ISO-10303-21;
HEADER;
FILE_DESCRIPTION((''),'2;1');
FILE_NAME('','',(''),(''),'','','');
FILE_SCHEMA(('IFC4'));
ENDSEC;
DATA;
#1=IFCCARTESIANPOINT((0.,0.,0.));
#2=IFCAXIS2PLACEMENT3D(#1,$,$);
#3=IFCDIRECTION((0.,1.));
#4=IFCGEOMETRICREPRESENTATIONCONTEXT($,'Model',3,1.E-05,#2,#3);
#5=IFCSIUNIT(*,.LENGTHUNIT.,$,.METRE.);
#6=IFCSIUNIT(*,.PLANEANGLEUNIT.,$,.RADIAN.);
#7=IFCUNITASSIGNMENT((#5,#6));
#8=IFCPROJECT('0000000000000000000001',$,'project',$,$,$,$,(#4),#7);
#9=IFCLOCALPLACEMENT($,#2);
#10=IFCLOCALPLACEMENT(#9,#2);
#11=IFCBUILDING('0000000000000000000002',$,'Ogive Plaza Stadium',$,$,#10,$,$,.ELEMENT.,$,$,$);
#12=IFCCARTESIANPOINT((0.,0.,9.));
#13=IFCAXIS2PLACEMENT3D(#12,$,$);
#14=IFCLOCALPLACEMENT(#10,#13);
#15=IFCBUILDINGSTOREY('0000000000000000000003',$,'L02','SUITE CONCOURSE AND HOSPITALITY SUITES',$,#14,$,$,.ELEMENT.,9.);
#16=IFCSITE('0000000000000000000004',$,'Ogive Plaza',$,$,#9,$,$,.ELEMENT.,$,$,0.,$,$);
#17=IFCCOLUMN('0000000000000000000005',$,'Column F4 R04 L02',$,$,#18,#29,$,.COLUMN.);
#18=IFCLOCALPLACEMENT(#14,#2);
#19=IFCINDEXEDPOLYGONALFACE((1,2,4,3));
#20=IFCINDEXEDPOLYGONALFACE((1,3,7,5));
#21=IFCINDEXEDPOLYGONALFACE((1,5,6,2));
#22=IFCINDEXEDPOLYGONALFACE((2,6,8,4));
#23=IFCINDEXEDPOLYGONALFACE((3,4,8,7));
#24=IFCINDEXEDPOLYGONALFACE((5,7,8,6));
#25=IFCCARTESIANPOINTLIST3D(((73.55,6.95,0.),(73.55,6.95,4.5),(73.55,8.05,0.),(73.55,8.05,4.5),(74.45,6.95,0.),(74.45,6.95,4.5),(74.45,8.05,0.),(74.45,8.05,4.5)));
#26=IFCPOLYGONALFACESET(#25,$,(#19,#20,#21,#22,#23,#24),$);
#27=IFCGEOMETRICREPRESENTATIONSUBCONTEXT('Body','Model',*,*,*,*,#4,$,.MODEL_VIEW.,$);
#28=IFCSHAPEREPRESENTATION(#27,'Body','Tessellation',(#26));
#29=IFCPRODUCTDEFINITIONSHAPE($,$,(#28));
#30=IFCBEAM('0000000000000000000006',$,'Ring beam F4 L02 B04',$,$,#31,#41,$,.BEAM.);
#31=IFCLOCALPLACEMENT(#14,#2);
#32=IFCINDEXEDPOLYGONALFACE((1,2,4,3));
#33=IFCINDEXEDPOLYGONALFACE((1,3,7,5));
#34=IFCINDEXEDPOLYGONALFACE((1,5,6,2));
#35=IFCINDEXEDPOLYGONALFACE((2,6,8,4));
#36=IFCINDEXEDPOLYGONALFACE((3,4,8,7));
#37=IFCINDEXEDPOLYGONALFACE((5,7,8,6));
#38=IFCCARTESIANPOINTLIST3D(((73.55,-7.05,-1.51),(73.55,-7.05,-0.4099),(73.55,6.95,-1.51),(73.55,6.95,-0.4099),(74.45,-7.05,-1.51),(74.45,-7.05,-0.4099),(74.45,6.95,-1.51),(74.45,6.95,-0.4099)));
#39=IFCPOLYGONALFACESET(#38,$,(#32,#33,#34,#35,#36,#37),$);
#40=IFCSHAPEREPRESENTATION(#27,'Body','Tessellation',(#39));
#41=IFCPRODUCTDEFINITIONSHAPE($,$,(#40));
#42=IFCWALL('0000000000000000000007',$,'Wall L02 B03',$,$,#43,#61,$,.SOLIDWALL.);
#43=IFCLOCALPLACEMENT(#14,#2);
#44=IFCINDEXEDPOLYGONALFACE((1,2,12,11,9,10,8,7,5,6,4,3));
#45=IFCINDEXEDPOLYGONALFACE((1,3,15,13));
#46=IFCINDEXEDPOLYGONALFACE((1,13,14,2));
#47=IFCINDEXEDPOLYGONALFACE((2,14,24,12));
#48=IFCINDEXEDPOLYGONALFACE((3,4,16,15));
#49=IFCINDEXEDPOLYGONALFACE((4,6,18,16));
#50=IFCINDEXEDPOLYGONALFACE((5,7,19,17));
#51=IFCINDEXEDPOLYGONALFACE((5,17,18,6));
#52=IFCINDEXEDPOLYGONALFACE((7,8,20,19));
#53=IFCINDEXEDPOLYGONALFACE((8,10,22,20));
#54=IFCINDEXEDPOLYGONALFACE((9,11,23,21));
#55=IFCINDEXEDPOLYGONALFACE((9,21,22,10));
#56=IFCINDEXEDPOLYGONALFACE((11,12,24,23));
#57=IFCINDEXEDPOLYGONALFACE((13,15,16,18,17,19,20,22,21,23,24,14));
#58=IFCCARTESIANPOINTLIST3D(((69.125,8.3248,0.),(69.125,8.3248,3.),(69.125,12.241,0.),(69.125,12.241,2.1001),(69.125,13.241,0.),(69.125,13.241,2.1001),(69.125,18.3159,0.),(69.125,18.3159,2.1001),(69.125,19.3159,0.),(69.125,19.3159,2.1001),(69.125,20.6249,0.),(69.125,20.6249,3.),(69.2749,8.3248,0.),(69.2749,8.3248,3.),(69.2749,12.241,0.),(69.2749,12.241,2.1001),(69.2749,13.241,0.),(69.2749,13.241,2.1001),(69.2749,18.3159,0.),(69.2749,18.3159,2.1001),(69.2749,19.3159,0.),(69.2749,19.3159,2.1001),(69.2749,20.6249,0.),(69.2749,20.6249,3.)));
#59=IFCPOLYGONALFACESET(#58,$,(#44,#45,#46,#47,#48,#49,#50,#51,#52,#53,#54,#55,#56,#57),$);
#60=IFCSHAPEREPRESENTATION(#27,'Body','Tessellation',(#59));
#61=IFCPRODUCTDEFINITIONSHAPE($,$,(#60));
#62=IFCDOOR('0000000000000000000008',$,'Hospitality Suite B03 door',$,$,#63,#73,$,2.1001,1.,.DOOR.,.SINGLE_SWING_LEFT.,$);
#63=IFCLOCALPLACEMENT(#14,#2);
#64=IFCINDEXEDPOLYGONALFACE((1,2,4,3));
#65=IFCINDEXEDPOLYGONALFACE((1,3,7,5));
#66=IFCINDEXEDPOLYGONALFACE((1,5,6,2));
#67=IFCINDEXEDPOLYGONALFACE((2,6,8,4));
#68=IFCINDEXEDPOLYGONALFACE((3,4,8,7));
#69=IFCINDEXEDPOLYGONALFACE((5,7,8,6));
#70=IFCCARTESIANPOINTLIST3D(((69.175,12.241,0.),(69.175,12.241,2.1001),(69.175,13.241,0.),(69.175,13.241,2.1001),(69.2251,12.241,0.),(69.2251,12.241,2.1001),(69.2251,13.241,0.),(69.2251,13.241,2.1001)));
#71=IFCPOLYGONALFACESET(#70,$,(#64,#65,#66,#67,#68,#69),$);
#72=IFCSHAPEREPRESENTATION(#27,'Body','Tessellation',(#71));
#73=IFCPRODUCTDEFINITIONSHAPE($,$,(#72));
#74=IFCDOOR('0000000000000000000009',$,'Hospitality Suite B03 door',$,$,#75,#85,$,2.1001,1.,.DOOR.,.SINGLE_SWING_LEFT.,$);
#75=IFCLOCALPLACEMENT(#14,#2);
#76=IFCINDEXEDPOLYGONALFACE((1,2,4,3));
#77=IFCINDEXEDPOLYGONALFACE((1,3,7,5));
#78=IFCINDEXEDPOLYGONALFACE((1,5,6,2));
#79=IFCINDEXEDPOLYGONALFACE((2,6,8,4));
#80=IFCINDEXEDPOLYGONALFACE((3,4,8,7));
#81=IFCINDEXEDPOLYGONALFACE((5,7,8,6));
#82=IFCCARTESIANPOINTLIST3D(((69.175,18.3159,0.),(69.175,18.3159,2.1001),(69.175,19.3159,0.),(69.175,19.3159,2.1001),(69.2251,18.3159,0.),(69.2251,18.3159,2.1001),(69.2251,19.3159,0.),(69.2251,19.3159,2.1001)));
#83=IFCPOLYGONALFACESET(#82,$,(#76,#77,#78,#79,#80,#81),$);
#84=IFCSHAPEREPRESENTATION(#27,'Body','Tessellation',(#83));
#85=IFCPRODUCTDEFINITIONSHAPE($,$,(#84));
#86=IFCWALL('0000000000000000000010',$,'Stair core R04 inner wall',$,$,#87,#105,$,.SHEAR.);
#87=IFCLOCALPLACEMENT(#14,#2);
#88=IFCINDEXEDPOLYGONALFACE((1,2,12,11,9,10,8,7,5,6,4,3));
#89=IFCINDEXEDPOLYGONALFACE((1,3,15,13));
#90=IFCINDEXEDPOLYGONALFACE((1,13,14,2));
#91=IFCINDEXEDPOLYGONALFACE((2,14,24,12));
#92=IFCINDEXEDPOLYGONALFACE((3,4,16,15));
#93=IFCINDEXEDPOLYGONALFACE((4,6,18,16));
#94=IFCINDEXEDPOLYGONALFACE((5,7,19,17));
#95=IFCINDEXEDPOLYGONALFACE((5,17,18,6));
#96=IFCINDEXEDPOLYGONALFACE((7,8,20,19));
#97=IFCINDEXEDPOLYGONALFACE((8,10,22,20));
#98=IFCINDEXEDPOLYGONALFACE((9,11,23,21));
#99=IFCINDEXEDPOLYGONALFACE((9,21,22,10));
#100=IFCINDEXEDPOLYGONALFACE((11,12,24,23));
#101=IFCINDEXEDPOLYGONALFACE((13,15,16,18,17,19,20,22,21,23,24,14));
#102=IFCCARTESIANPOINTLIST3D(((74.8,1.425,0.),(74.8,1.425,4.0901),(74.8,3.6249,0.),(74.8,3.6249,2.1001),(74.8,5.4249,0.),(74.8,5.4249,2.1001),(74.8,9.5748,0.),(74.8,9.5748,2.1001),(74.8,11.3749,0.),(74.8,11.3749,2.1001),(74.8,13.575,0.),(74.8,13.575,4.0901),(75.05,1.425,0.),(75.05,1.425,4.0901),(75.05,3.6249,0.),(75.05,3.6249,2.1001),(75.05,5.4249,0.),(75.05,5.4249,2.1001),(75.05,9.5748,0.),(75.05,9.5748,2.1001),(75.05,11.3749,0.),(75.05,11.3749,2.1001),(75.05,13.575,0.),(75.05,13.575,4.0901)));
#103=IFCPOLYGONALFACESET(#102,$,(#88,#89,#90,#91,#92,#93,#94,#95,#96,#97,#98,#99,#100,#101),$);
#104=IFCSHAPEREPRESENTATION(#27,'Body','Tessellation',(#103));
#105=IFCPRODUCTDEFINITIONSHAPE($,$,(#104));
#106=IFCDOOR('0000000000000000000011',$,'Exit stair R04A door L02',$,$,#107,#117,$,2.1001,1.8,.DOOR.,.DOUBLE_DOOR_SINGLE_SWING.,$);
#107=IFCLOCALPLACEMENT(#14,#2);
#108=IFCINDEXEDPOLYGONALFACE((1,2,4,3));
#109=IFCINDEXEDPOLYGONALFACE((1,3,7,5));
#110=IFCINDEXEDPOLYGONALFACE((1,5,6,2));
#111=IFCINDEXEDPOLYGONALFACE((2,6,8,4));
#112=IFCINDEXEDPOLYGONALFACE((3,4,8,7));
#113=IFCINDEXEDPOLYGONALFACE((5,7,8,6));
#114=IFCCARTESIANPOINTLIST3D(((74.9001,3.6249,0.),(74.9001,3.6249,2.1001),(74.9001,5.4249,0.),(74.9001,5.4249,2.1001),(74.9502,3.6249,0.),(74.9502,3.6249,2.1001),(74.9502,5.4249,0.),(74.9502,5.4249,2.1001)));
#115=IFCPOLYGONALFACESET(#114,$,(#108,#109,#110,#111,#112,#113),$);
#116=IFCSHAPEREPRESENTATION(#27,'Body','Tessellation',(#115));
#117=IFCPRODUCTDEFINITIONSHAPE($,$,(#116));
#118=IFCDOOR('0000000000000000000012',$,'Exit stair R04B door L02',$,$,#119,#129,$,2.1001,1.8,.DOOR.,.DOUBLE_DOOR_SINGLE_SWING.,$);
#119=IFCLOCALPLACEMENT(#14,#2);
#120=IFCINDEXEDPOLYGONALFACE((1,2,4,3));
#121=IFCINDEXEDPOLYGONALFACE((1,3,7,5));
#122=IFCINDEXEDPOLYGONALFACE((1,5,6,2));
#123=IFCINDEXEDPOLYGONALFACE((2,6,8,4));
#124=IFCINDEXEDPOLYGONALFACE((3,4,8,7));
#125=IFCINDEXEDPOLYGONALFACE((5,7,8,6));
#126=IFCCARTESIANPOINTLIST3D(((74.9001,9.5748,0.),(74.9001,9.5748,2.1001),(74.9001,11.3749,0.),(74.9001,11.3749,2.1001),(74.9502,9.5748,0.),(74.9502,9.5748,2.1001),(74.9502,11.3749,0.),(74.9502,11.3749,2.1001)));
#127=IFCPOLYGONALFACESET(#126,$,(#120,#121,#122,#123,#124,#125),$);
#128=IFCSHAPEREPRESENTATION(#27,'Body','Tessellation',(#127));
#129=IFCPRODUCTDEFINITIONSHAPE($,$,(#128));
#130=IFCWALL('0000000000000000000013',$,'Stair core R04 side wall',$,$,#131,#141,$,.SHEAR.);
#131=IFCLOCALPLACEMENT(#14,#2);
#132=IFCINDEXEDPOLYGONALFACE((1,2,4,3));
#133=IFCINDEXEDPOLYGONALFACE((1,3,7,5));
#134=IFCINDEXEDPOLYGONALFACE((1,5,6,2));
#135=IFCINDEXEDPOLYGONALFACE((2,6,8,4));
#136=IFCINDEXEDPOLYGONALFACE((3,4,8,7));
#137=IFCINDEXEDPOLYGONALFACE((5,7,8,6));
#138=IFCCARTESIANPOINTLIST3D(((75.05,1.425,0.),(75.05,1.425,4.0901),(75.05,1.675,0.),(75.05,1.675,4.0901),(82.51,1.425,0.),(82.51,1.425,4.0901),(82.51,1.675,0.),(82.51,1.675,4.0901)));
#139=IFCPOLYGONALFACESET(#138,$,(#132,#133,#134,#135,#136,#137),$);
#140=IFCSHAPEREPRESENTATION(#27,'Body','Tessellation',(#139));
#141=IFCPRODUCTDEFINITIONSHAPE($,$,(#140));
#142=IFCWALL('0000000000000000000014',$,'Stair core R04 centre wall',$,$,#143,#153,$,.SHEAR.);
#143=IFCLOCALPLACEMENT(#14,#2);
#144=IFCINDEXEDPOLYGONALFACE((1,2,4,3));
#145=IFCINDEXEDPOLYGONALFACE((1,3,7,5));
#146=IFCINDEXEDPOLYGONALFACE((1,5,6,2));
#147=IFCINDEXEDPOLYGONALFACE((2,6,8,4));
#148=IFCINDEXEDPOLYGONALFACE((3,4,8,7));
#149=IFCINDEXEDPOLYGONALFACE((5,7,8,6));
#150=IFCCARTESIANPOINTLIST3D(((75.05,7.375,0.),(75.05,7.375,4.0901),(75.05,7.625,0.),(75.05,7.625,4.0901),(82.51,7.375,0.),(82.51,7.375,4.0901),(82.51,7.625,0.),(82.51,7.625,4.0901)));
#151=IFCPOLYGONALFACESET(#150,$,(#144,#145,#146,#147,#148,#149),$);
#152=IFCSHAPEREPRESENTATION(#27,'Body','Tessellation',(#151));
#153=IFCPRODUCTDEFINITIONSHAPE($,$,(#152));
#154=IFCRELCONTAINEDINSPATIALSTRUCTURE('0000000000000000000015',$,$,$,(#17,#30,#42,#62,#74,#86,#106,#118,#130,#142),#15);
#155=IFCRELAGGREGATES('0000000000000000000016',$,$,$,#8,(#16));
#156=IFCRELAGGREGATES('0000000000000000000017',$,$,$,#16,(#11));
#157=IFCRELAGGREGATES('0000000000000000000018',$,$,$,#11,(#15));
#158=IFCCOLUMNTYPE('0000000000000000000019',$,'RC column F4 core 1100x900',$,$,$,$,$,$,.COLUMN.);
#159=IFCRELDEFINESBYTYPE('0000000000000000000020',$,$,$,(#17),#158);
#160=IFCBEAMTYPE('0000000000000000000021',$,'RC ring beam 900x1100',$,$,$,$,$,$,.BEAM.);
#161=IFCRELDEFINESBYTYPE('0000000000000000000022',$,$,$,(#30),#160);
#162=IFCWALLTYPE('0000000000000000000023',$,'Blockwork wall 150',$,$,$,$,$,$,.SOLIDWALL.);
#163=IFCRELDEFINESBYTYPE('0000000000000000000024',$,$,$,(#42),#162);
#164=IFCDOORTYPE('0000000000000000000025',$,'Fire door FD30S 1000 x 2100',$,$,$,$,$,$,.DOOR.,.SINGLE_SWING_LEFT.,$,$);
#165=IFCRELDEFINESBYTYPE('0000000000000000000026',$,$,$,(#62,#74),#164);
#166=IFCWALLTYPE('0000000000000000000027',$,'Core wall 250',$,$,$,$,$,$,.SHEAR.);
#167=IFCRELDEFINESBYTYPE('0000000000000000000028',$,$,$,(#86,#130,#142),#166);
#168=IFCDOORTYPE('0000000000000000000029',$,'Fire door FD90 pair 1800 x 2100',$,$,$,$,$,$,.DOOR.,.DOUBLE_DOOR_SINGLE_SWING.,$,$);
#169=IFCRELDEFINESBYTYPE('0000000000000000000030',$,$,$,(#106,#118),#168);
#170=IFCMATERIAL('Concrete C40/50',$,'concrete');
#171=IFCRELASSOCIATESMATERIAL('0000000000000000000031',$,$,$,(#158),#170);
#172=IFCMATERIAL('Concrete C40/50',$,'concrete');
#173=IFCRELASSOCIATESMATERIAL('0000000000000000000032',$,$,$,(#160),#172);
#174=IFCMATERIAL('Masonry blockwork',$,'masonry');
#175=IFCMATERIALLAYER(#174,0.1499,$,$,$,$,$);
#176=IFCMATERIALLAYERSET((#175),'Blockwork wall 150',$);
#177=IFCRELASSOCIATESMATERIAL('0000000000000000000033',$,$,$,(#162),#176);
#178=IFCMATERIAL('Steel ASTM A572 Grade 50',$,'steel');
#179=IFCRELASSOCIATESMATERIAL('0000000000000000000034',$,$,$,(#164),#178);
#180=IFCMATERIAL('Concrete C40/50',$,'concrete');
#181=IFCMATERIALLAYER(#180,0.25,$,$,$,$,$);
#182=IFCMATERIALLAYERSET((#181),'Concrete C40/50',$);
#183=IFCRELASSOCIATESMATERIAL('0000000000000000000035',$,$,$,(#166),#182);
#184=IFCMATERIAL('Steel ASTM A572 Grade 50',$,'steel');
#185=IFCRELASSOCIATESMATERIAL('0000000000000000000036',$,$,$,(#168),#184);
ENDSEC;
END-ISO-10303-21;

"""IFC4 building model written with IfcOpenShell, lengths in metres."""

from ifc_helpers import new_model, si_unit, direction, frame, frame_2d, origin, origin_2d, place, context, subcontext, project, spatial, rectangle, extrude, material, layer, layer_set, material_profile, profile_set, type_object, element, fill, save


model = new_model("IFC4")

# Units and contexts
model_context = context("Model", 3, precision=1e-05, world=origin(), true_north=direction((0.0, 1.0)))
body_context = subcontext(model_context, "Body", "Model", "MODEL_VIEW")
ifc_project = project(units=[si_unit("LENGTHUNIT", "METRE"), si_unit("PLANEANGLEUNIT", "RADIAN")], contexts=[model_context])

# Site, building, storey
site_placement = place(None, origin())
site = spatial("IfcSite", under=ifc_project, at=site_placement, Name="Ogive Plaza", CompositionType="ELEMENT", RefElevation=0.0)
building_placement = place(site_placement, origin())
building = spatial("IfcBuilding", under=site, at=building_placement, Name="Ogive Plaza Stadium", CompositionType="ELEMENT")
storey_placement = place(building_placement, frame((0.0, 0.0, 9.0)))
storey = spatial("IfcBuildingStorey", under=building, at=storey_placement, Name="L02", Description="SUITE CONCOURSE AND HOSPITALITY SUITES", CompositionType="ELEMENT", Elevation=9.0)

# Column
ifc_material_1 = material(Name="Concrete C40/50", Category="concrete")
ifc_material_profile_1 = material_profile(ifc_material_1, rectangle(XDim=1.1001, YDim=0.8999, at=origin_2d()), Name="RC 1100x900")
ifc_profile_set_1 = profile_set([ifc_material_profile_1], Name="Concrete C40/50")
column_type = type_object("IfcColumnType", Name="RC column F4 core 1100x900", PredefinedType="COLUMN", material=ifc_profile_set_1)
column_placement = place(storey_placement, frame((74.0, 7.5, 0.0), z_axis=(0.0, 0.0, 1.0), x_axis=(0.0, 1.0, 0.0)))
element("IfcColumn", 1, at=column_placement, inside=storey, type_object=column_type, Name="Column F4 R04 L02", PredefinedType="COLUMN", context=body_context, shape_type="SweptSolid", body=[
    extrude(rectangle(XDim=1.1001, YDim=0.8999, at=origin_2d()), origin(), (0.0, 0.0, 1.0), 4.5),
])

# Beam
ifc_material_2 = material(Name="Concrete C40/50", Category="concrete")
ifc_material_profile_2 = material_profile(ifc_material_2, rectangle(XDim=0.8999, YDim=1.1001, at=origin_2d()), Name="RC 900x1100")
ifc_profile_set_2 = profile_set([ifc_material_profile_2], Name="Concrete C40/50")
beam_type = type_object("IfcBeamType", Name="RC ring beam 900x1100", PredefinedType="BEAM", material=ifc_profile_set_2)
beam_placement = place(storey_placement, frame((74.0, 6.95, -0.96), z_axis=(0.0, -1.0, 0.0), x_axis=(1.0, 0.0, 0.0)))
element("IfcBeam", 2, at=beam_placement, inside=storey, type_object=beam_type, Name="Ring beam F4 L02 B04", PredefinedType="BEAM", context=body_context, shape_type="SweptSolid", body=[
    extrude(rectangle(XDim=0.8999, YDim=1.1001, at=origin_2d()), origin(), (0.0, 0.0, 1.0), 14.0),
])

# Walls, openings, doors
ifc_material_3 = material(Name="Masonry blockwork", Category="masonry")
ifc_layer_1 = layer(ifc_material_3, 0.1499)
ifc_layer_set_1 = layer_set([ifc_layer_1], Name="Blockwork wall 150")
wall_type_1 = type_object("IfcWallType", Name="Blockwork wall 150", PredefinedType="SOLIDWALL", material=ifc_layer_set_1)
wall_1_placement = place(storey_placement, frame((69.2, 8.325, 0.0), z_axis=(0.0, 0.0, 1.0), x_axis=(0.0, 1.0, 0.0)))
wall_1 = element("IfcWall", 3, at=wall_1_placement, inside=storey, type_object=wall_type_1, Name="Wall L02 B03", PredefinedType="SOLIDWALL", context=body_context, shape_type="SweptSolid", body=[
    extrude(rectangle(XDim=12.3, YDim=0.1499, at=frame_2d((6.1499, 0.0))), origin(), (0.0, 0.0, 1.0), 3.0),
])
opening_1_placement = place(wall_1_placement, frame((3.916, 0.0, 0.0)))
opening_1 = element("IfcOpeningElement", 4, at=opening_1_placement, cuts=wall_1, PredefinedType="OPENING", context=body_context, shape_type="SweptSolid", body=[
    extrude(rectangle(XDim=1.0, YDim=2.1001, at=frame_2d((0.5, 1.05))), frame((0.0, 0.075, 0.0), z_axis=(0.0, -1.0, 0.0), x_axis=(1.0, 0.0, 0.0)), (0.0, 0.0, 1.0), 0.1499),
])
opening_2_placement = place(wall_1_placement, frame((9.991, 0.0, 0.0)))
opening_2 = element("IfcOpeningElement", 5, at=opening_2_placement, cuts=wall_1, PredefinedType="OPENING", context=body_context, shape_type="SweptSolid", body=[
    extrude(rectangle(XDim=1.0, YDim=2.1001, at=frame_2d((0.5, 1.05))), frame((0.0, 0.075, 0.0), z_axis=(0.0, -1.0, 0.0), x_axis=(1.0, 0.0, 0.0)), (0.0, 0.0, 1.0), 0.1499),
])
ifc_material_4 = material(Name="Steel ASTM A572 Grade 50", Category="steel")
door_type_1 = type_object("IfcDoorType", Name="Fire door FD30S 1000 x 2100", OperationType="SINGLE_SWING_LEFT", PredefinedType="DOOR", material=ifc_material_4)
door_1_placement = place(opening_1_placement, origin())
door_1 = element("IfcDoor", 6, at=door_1_placement, inside=storey, type_object=door_type_1, Name="Hospitality Suite B03 door", OperationType="SINGLE_SWING_LEFT", OverallHeight=2.1001, OverallWidth=1.0, PredefinedType="DOOR", context=body_context, shape_type="SweptSolid", body=[
    extrude(rectangle(XDim=1.0, YDim=2.1001, at=frame_2d((0.5, 1.05))), frame((0.0, 0.0249, 0.0), z_axis=(0.0, -1.0, 0.0), x_axis=(1.0, 0.0, 0.0)), (0.0, 0.0, 1.0), 0.05),
])
fill(opening_1, door_1)
door_2_placement = place(opening_2_placement, origin())
door_2 = element("IfcDoor", 7, at=door_2_placement, inside=storey, type_object=door_type_1, Name="Hospitality Suite B03 door", OperationType="SINGLE_SWING_LEFT", OverallHeight=2.1001, OverallWidth=1.0, PredefinedType="DOOR", context=body_context, shape_type="SweptSolid", body=[
    extrude(rectangle(XDim=1.0, YDim=2.1001, at=frame_2d((0.5, 1.05))), frame((0.0, 0.0249, 0.0), z_axis=(0.0, -1.0, 0.0), x_axis=(1.0, 0.0, 0.0)), (0.0, 0.0, 1.0), 0.05),
])
fill(opening_2, door_2)
ifc_material_5 = material(Name="Concrete C40/50", Category="concrete")
ifc_layer_2 = layer(ifc_material_5, 0.25)
ifc_layer_set_2 = layer_set([ifc_layer_2], Name="Concrete C40/50")
wall_type_2 = type_object("IfcWallType", Name="Core wall 250", PredefinedType="SHEAR", material=ifc_layer_set_2)
wall_2_placement = place(storey_placement, frame((74.925, 1.425, 0.0), z_axis=(0.0, 0.0, 1.0), x_axis=(0.0, 1.0, 0.0)))
wall_2 = element("IfcWall", 8, at=wall_2_placement, inside=storey, type_object=wall_type_2, Name="Stair core R04 inner wall", PredefinedType="SHEAR", context=body_context, shape_type="SweptSolid", body=[
    extrude(rectangle(XDim=12.1499, YDim=0.25, at=frame_2d((6.075, 0.0))), origin(), (0.0, 0.0, 1.0), 4.0901),
])
opening_3_placement = place(wall_2_placement, frame((2.2, 0.0, 0.0)))
opening_3 = element("IfcOpeningElement", 9, at=opening_3_placement, cuts=wall_2, PredefinedType="OPENING", context=body_context, shape_type="SweptSolid", body=[
    extrude(rectangle(XDim=1.8, YDim=2.1001, at=frame_2d((0.8999, 1.05))), frame((0.0, 0.125, 0.0), z_axis=(0.0, -1.0, 0.0), x_axis=(1.0, 0.0, 0.0)), (0.0, 0.0, 1.0), 0.25),
])
opening_4_placement = place(wall_2_placement, frame((8.1499, 0.0, 0.0)))
opening_4 = element("IfcOpeningElement", 10, at=opening_4_placement, cuts=wall_2, PredefinedType="OPENING", context=body_context, shape_type="SweptSolid", body=[
    extrude(rectangle(XDim=1.8, YDim=2.1001, at=frame_2d((0.8999, 1.05))), frame((0.0, 0.125, 0.0), z_axis=(0.0, -1.0, 0.0), x_axis=(1.0, 0.0, 0.0)), (0.0, 0.0, 1.0), 0.25),
])
ifc_material_6 = material(Name="Steel ASTM A572 Grade 50", Category="steel")
door_type_2 = type_object("IfcDoorType", Name="Fire door FD90 pair 1800 x 2100", OperationType="DOUBLE_DOOR_SINGLE_SWING", PredefinedType="DOOR", material=ifc_material_6)
door_3_placement = place(opening_3_placement, origin())
door_3 = element("IfcDoor", 11, at=door_3_placement, inside=storey, type_object=door_type_2, Name="Exit stair R04A door L02", OperationType="DOUBLE_DOOR_SINGLE_SWING", OverallHeight=2.1001, OverallWidth=1.8, PredefinedType="DOOR", context=body_context, shape_type="SweptSolid", body=[
    extrude(rectangle(XDim=1.8, YDim=2.1001, at=frame_2d((0.8999, 1.05))), frame((0.0, 0.0249, 0.0), z_axis=(0.0, -1.0, 0.0), x_axis=(1.0, 0.0, 0.0)), (0.0, 0.0, 1.0), 0.05),
])
fill(opening_3, door_3)
door_4_placement = place(opening_4_placement, origin())
door_4 = element("IfcDoor", 12, at=door_4_placement, inside=storey, type_object=door_type_2, Name="Exit stair R04B door L02", OperationType="DOUBLE_DOOR_SINGLE_SWING", OverallHeight=2.1001, OverallWidth=1.8, PredefinedType="DOOR", context=body_context, shape_type="SweptSolid", body=[
    extrude(rectangle(XDim=1.8, YDim=2.1001, at=frame_2d((0.8999, 1.05))), frame((0.0, 0.0249, 0.0), z_axis=(0.0, -1.0, 0.0), x_axis=(1.0, 0.0, 0.0)), (0.0, 0.0, 1.0), 0.05),
])
fill(opening_4, door_4)

# Walls
for number, where, z_axis, x_axis, name in (
    (13, (75.05, 1.55, 0.0), (0.0, 0.0, 1.0), (1.0, 0.0, 0.0), "Stair core R04 side wall"),
    (14, (75.05, 7.5, 0.0), (0.0, 0.0, 1.0), (1.0, 0.0, 0.0), "Stair core R04 centre wall"),
):
    element("IfcWall", number, at=place(storey_placement, frame(where, z_axis=z_axis, x_axis=x_axis)), inside=storey, type_object=wall_type_2, Name=name, PredefinedType="SHEAR", context=body_context, shape_type="SweptSolid", body=[
        extrude(rectangle(XDim=7.46, YDim=0.25, at=frame_2d((3.73, 0.0))), origin(), (0.0, 0.0, 1.0), 4.0901),
    ])

save(model, "model.ifc")
